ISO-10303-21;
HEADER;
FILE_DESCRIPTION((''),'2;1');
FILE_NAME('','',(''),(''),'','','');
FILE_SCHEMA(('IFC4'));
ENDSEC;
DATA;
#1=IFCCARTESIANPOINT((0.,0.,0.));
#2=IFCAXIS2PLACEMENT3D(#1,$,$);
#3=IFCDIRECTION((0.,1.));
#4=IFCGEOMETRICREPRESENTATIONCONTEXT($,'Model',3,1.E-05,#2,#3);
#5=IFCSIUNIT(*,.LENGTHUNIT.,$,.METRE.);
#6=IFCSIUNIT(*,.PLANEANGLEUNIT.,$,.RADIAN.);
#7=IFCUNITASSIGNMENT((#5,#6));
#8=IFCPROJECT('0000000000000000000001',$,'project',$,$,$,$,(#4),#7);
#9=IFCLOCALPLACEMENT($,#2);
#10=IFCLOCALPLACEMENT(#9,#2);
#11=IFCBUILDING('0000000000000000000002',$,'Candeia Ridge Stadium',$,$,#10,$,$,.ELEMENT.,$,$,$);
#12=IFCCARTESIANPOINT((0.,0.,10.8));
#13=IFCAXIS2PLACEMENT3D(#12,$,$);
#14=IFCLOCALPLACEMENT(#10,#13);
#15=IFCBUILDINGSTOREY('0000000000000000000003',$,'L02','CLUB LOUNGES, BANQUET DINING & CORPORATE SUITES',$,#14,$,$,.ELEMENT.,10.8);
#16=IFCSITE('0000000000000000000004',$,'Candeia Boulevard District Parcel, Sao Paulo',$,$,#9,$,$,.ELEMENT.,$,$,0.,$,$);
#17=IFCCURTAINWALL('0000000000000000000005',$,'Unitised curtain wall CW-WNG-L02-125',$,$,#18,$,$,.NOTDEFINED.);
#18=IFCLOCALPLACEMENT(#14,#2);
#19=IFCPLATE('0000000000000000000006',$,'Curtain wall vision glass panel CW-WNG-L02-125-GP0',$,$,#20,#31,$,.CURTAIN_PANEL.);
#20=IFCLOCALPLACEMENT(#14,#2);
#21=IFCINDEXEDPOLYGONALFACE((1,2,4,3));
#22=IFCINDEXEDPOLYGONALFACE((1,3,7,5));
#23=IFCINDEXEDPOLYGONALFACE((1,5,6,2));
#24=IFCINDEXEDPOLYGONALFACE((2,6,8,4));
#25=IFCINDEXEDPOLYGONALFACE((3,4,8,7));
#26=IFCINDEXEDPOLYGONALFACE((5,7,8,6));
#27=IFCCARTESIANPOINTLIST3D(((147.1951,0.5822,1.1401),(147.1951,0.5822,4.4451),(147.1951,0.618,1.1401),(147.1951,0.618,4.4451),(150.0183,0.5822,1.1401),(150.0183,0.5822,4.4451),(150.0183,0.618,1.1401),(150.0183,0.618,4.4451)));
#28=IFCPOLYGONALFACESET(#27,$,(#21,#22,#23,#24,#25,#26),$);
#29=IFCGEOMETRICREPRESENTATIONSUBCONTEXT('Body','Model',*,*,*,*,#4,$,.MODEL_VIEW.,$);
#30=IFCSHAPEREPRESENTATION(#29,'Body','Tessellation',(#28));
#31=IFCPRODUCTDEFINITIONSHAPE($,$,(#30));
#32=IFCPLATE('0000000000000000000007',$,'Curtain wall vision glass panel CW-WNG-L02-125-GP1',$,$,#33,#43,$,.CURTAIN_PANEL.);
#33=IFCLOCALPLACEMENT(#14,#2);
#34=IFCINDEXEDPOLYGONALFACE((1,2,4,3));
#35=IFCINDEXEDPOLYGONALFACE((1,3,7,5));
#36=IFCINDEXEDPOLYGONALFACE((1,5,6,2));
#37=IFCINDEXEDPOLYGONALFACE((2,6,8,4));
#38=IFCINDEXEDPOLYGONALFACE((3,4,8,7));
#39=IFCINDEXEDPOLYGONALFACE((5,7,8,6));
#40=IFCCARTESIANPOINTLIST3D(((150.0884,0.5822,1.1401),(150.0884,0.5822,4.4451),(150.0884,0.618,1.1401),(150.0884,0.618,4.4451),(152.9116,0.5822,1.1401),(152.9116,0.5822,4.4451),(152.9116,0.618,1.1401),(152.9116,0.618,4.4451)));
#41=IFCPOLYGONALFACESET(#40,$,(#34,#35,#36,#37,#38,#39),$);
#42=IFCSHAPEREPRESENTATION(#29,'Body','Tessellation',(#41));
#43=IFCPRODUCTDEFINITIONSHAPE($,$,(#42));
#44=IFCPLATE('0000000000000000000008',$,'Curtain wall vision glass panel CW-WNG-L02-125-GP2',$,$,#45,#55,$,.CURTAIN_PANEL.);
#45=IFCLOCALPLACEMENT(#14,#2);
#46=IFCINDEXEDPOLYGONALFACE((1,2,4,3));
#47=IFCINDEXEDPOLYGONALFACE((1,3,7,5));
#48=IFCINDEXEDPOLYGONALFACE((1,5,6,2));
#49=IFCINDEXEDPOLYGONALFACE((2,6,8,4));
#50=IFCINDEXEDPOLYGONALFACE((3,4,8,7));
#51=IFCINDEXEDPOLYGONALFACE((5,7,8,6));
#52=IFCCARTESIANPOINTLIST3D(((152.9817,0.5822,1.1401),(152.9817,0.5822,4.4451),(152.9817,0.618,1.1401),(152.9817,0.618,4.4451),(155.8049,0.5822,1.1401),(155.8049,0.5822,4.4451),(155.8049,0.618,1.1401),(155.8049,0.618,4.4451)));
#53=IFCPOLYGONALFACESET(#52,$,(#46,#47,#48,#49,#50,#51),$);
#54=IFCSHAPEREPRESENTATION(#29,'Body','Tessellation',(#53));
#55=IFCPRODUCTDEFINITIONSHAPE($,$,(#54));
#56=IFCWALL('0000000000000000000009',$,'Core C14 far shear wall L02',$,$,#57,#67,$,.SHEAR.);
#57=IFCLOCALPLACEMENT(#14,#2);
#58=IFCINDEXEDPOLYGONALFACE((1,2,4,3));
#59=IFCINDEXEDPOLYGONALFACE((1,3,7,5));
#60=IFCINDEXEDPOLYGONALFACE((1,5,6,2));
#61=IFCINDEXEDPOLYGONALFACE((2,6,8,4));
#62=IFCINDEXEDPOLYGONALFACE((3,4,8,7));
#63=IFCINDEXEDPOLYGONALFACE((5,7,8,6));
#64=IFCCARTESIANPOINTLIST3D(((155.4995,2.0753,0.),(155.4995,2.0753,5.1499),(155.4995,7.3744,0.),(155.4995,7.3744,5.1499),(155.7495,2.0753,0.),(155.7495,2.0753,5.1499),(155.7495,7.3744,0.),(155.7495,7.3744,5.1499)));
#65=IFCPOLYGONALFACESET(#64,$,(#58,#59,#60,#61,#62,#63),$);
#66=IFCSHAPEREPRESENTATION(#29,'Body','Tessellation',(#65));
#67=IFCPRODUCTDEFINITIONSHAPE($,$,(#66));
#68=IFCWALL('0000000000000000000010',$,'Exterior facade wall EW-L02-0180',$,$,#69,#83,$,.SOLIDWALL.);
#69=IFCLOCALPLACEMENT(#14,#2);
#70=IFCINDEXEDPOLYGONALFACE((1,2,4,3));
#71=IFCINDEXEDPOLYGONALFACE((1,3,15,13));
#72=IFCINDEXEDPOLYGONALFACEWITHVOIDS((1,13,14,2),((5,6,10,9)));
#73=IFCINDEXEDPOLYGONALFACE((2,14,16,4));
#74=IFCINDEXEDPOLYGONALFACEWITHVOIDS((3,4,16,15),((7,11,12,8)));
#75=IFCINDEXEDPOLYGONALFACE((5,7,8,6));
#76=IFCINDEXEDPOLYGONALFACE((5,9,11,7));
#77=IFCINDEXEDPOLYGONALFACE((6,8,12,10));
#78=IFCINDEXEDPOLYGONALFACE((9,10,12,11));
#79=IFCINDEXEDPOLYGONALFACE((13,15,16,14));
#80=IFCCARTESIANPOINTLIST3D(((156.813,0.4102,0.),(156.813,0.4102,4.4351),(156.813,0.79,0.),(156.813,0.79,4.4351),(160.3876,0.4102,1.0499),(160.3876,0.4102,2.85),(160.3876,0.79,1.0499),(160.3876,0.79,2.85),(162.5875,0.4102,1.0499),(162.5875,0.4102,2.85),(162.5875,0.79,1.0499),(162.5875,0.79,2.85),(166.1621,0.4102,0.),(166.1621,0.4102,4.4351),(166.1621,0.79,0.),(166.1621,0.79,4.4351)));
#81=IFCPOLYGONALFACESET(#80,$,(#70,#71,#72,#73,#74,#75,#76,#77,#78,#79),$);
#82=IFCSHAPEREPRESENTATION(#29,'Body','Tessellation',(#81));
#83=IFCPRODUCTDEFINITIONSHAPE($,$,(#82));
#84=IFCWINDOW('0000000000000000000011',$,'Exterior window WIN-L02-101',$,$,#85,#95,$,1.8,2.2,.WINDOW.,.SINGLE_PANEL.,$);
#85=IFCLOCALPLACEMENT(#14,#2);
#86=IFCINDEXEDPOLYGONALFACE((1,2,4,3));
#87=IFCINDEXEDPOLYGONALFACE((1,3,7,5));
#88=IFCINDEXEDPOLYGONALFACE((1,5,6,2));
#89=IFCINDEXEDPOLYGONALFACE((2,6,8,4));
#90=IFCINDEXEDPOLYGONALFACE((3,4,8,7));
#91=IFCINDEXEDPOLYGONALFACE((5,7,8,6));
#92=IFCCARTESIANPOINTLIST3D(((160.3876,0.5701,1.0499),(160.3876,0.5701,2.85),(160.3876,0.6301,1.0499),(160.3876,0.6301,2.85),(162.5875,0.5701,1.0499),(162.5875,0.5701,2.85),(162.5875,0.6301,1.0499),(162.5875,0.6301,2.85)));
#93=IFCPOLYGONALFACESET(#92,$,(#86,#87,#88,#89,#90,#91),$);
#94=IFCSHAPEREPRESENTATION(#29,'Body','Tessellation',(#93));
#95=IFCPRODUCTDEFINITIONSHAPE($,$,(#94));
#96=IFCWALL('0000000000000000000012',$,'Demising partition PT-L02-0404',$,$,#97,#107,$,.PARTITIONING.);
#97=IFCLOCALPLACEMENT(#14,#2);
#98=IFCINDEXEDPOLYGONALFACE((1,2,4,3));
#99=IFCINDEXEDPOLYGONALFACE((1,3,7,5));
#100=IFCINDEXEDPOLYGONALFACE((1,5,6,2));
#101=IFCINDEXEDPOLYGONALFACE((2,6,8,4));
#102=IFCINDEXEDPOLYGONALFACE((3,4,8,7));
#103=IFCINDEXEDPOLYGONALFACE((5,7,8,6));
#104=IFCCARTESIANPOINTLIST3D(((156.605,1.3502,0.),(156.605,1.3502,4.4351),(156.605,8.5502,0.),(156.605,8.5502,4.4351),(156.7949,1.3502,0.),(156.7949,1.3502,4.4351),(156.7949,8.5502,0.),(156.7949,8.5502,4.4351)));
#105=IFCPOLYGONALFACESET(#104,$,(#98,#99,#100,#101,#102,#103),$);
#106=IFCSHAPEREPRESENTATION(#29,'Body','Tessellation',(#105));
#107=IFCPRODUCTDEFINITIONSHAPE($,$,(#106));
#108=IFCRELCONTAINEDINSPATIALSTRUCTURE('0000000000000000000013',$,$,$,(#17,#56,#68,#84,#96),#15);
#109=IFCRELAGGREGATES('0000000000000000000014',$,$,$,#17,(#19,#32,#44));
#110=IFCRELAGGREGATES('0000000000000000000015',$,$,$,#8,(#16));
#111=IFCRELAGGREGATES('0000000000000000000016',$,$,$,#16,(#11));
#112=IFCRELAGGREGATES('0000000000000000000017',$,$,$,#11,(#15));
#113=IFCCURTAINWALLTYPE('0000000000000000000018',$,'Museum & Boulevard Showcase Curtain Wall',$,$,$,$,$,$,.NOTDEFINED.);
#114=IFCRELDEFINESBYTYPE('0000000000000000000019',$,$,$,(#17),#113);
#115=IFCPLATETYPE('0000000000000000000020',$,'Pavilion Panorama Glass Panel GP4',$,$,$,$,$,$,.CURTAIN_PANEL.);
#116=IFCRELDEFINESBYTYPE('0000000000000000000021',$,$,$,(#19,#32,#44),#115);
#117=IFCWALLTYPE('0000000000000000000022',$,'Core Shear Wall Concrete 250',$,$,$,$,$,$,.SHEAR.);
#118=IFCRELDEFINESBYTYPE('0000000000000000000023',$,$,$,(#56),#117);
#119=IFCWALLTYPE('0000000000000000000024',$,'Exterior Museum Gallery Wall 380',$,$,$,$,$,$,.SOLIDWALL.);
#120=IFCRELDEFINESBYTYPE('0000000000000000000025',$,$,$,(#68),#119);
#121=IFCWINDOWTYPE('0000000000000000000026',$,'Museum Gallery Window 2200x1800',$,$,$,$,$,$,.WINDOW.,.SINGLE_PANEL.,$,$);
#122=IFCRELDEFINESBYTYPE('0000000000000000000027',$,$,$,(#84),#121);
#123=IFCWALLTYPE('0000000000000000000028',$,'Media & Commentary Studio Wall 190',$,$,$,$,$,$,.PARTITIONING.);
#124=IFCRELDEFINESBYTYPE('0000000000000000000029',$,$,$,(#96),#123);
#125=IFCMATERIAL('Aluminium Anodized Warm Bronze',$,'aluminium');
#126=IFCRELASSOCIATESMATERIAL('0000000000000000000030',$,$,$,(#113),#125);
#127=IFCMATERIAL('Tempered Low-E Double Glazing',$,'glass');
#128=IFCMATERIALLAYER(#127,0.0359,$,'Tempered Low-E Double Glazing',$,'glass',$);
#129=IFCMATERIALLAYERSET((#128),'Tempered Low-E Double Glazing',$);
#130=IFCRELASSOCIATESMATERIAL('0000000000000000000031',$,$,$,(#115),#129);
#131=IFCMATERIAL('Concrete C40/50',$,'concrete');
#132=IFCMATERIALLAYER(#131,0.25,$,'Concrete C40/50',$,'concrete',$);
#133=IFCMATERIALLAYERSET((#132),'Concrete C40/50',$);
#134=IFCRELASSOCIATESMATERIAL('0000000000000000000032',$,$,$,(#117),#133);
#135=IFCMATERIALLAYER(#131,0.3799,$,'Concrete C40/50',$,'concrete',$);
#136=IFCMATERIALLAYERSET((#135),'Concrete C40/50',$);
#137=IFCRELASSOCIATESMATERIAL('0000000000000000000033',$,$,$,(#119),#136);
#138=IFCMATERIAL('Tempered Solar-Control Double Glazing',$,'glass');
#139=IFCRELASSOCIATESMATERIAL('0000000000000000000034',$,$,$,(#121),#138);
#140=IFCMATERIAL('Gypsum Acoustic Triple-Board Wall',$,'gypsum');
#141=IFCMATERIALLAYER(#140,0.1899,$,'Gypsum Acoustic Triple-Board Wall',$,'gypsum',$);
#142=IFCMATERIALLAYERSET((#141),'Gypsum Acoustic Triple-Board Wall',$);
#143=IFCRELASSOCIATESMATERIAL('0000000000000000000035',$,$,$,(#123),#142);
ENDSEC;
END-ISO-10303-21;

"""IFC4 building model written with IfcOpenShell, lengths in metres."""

from ifc_helpers import new_model, si_unit, direction, frame, frame_2d, origin, origin_2d, place, context, subcontext, project, spatial, rectangle, extrude, material, layer, layer_set, type_object, element, fill, aggregate, save


model = new_model("IFC4")

# Units and contexts
model_context = context("Model", 3, precision=1e-05, world=origin(), true_north=direction((0.0, 1.0)))
body_context = subcontext(model_context, "Body", "Model", "MODEL_VIEW")
ifc_project = project(units=[si_unit("LENGTHUNIT", "METRE"), si_unit("PLANEANGLEUNIT", "RADIAN")], contexts=[model_context])

# Site, building, storey
site_placement = place(None, origin())
site = spatial("IfcSite", under=ifc_project, at=site_placement, Name="Candeia Boulevard District Parcel, Sao Paulo", CompositionType="ELEMENT", RefElevation=0.0)
building_placement = place(site_placement, origin())
building = spatial("IfcBuilding", under=site, at=building_placement, Name="Candeia Ridge Stadium", CompositionType="ELEMENT")
storey_placement = place(building_placement, frame((0.0, 0.0, 10.8)))
storey = spatial("IfcBuildingStorey", under=building, at=storey_placement, Name="L02", Description="CLUB LOUNGES, BANQUET DINING & CORPORATE SUITES", CompositionType="ELEMENT", Elevation=10.8)

# Shared definitions
ifc_material_1 = material(Name="Concrete C40/50", Category="concrete")

# Curtain wall
ifc_material_2 = material(Name="Aluminium Anodized Warm Bronze", Category="aluminium")
curtain_wall_type = type_object("IfcCurtainWallType", Name="Museum & Boulevard Showcase Curtain Wall", PredefinedType="NOTDEFINED", material=ifc_material_2)
curtain_wall_placement = place(storey_placement, origin())
curtain_wall = element("IfcCurtainWall", 1, at=curtain_wall_placement, inside=storey, type_object=curtain_wall_type, Name="Unitised curtain wall CW-WNG-L02-125", PredefinedType="NOTDEFINED")

# Plates
ifc_material_3 = material(Name="Tempered Low-E Double Glazing", Category="glass")
ifc_layer_1 = layer(ifc_material_3, 0.0359, Name="Tempered Low-E Double Glazing", Category="glass")
ifc_layer_set_1 = layer_set([ifc_layer_1], Name="Tempered Low-E Double Glazing")
plate_type_1 = type_object("IfcPlateType", Name="Pavilion Panorama Glass Panel GP4", PredefinedType="CURTAIN_PANEL", material=ifc_layer_set_1)
plate_1_placement = place(storey_placement, frame((148.6067, 0.6001, 1.1401), z_axis=(0.0, 0.0, 1.0), x_axis=(1.0, 0.0, 0.0)))
plate_1 = element("IfcPlate", 2, at=plate_1_placement, type_object=plate_type_1, Name="Curtain wall vision glass panel CW-WNG-L02-125-GP0", PredefinedType="CURTAIN_PANEL", context=body_context, shape_type="SweptSolid", body=[
    extrude(rectangle(XDim=2.8232, YDim=0.0359, at=origin_2d()), origin(), (0.0, 0.0, 1.0), 3.3049),
])
plate_2_placement = place(storey_placement, frame((151.5, 0.6001, 1.1401), z_axis=(0.0, 0.0, 1.0), x_axis=(1.0, 0.0, 0.0)))
plate_2 = element("IfcPlate", 3, at=plate_2_placement, type_object=plate_type_1, Name="Curtain wall vision glass panel CW-WNG-L02-125-GP1", PredefinedType="CURTAIN_PANEL", context=body_context, shape_type="SweptSolid", body=[
    extrude(rectangle(XDim=2.8232, YDim=0.0359, at=origin_2d()), origin(), (0.0, 0.0, 1.0), 3.3049),
])
plate_3_placement = place(storey_placement, frame((154.3933, 0.6001, 1.1401), z_axis=(0.0, 0.0, 1.0), x_axis=(1.0, 0.0, 0.0)))
plate_3 = element("IfcPlate", 4, at=plate_3_placement, type_object=plate_type_1, Name="Curtain wall vision glass panel CW-WNG-L02-125-GP2", PredefinedType="CURTAIN_PANEL", context=body_context, shape_type="SweptSolid", body=[
    extrude(rectangle(XDim=2.8232, YDim=0.0359, at=origin_2d()), origin(), (0.0, 0.0, 1.0), 3.3049),
])
aggregate(curtain_wall, [plate_1, plate_2, plate_3])

# Wall
ifc_layer_2 = layer(ifc_material_1, 0.25, Name="Concrete C40/50", Category="concrete")
ifc_layer_set_2 = layer_set([ifc_layer_2], Name="Concrete C40/50")
wall_type_1 = type_object("IfcWallType", Name="Core Shear Wall Concrete 250", PredefinedType="SHEAR", material=ifc_layer_set_2)
wall_1_placement = place(storey_placement, frame((155.6245, 2.0754, 0.0), z_axis=(0.0, 0.0, 1.0), x_axis=(0.0, 1.0, 0.0)))
element("IfcWall", 5, at=wall_1_placement, inside=storey, type_object=wall_type_1, Name="Core C14 far shear wall L02", PredefinedType="SHEAR", context=body_context, shape_type="SweptSolid", body=[
    extrude(rectangle(XDim=5.2991, YDim=0.25, at=frame_2d((2.6494, 0.0))), origin(), (0.0, 0.0, 1.0), 5.1499),
])

# Wall, opening, window
ifc_layer_3 = layer(ifc_material_1, 0.3799, Name="Concrete C40/50", Category="concrete")
ifc_layer_set_3 = layer_set([ifc_layer_3], Name="Concrete C40/50")
wall_type_2 = type_object("IfcWallType", Name="Exterior Museum Gallery Wall 380", PredefinedType="SOLIDWALL", material=ifc_layer_set_3)
wall_2_placement = place(storey_placement, frame((156.813, 0.6001, 0.0), z_axis=(0.0, 0.0, 1.0), x_axis=(1.0, 0.0, 0.0)))
wall_2 = element("IfcWall", 6, at=wall_2_placement, inside=storey, type_object=wall_type_2, Name="Exterior facade wall EW-L02-0180", PredefinedType="SOLIDWALL", context=body_context, shape_type="SweptSolid", body=[
    extrude(rectangle(XDim=9.3491, YDim=0.3799, at=frame_2d((4.6746, 0.0))), origin(), (0.0, 0.0, 1.0), 4.4351),
])
opening_placement = place(wall_2_placement, frame((3.5745, 0.0, 1.05)))
opening = element("IfcOpeningElement", 7, at=opening_placement, cuts=wall_2, PredefinedType="OPENING", context=body_context, shape_type="SweptSolid", body=[
    extrude(rectangle(XDim=2.2, YDim=1.8, at=frame_2d((1.1001, 0.8999))), frame((0.0, 0.2, 0.0), z_axis=(0.0, -1.0, 0.0), x_axis=(1.0, 0.0, 0.0)), (0.0, 0.0, 1.0), 0.3999),
])
ifc_material_4 = material(Name="Tempered Solar-Control Double Glazing", Category="glass")
window_type = type_object("IfcWindowType", Name="Museum Gallery Window 2200x1800", PartitioningType="SINGLE_PANEL", PredefinedType="WINDOW", material=ifc_material_4)
window_placement = place(opening_placement, origin())
window = element("IfcWindow", 8, at=window_placement, inside=storey, type_object=window_type, Name="Exterior window WIN-L02-101", OverallHeight=1.8, OverallWidth=2.2, PartitioningType="SINGLE_PANEL", PredefinedType="WINDOW", context=body_context, shape_type="SweptSolid", body=[
    extrude(rectangle(XDim=2.2, YDim=1.8, at=frame_2d((1.1001, 0.8999))), frame((0.0, 0.03, 0.0), z_axis=(0.0, -1.0, 0.0), x_axis=(1.0, 0.0, 0.0)), (0.0, 0.0, 1.0), 0.0601),
])
fill(opening, window)

# Wall
ifc_material_5 = material(Name="Gypsum Acoustic Triple-Board Wall", Category="gypsum")
ifc_layer_4 = layer(ifc_material_5, 0.1899, Name="Gypsum Acoustic Triple-Board Wall", Category="gypsum")
ifc_layer_set_4 = layer_set([ifc_layer_4], Name="Gypsum Acoustic Triple-Board Wall")
wall_type_3 = type_object("IfcWallType", Name="Media & Commentary Studio Wall 190", PredefinedType="PARTITIONING", material=ifc_layer_set_4)
wall_3_placement = place(storey_placement, frame((156.7, 1.3501, 0.0), z_axis=(0.0, 0.0, 1.0), x_axis=(0.0, 1.0, 0.0)))
element("IfcWall", 9, at=wall_3_placement, inside=storey, type_object=wall_type_3, Name="Demising partition PT-L02-0404", PredefinedType="PARTITIONING", context=body_context, shape_type="SweptSolid", body=[
    extrude(rectangle(XDim=7.2, YDim=0.1899, at=frame_2d((3.6001, 0.0))), origin(), (0.0, 0.0, 1.0), 4.4351),
])

save(model, "model.ifc")
